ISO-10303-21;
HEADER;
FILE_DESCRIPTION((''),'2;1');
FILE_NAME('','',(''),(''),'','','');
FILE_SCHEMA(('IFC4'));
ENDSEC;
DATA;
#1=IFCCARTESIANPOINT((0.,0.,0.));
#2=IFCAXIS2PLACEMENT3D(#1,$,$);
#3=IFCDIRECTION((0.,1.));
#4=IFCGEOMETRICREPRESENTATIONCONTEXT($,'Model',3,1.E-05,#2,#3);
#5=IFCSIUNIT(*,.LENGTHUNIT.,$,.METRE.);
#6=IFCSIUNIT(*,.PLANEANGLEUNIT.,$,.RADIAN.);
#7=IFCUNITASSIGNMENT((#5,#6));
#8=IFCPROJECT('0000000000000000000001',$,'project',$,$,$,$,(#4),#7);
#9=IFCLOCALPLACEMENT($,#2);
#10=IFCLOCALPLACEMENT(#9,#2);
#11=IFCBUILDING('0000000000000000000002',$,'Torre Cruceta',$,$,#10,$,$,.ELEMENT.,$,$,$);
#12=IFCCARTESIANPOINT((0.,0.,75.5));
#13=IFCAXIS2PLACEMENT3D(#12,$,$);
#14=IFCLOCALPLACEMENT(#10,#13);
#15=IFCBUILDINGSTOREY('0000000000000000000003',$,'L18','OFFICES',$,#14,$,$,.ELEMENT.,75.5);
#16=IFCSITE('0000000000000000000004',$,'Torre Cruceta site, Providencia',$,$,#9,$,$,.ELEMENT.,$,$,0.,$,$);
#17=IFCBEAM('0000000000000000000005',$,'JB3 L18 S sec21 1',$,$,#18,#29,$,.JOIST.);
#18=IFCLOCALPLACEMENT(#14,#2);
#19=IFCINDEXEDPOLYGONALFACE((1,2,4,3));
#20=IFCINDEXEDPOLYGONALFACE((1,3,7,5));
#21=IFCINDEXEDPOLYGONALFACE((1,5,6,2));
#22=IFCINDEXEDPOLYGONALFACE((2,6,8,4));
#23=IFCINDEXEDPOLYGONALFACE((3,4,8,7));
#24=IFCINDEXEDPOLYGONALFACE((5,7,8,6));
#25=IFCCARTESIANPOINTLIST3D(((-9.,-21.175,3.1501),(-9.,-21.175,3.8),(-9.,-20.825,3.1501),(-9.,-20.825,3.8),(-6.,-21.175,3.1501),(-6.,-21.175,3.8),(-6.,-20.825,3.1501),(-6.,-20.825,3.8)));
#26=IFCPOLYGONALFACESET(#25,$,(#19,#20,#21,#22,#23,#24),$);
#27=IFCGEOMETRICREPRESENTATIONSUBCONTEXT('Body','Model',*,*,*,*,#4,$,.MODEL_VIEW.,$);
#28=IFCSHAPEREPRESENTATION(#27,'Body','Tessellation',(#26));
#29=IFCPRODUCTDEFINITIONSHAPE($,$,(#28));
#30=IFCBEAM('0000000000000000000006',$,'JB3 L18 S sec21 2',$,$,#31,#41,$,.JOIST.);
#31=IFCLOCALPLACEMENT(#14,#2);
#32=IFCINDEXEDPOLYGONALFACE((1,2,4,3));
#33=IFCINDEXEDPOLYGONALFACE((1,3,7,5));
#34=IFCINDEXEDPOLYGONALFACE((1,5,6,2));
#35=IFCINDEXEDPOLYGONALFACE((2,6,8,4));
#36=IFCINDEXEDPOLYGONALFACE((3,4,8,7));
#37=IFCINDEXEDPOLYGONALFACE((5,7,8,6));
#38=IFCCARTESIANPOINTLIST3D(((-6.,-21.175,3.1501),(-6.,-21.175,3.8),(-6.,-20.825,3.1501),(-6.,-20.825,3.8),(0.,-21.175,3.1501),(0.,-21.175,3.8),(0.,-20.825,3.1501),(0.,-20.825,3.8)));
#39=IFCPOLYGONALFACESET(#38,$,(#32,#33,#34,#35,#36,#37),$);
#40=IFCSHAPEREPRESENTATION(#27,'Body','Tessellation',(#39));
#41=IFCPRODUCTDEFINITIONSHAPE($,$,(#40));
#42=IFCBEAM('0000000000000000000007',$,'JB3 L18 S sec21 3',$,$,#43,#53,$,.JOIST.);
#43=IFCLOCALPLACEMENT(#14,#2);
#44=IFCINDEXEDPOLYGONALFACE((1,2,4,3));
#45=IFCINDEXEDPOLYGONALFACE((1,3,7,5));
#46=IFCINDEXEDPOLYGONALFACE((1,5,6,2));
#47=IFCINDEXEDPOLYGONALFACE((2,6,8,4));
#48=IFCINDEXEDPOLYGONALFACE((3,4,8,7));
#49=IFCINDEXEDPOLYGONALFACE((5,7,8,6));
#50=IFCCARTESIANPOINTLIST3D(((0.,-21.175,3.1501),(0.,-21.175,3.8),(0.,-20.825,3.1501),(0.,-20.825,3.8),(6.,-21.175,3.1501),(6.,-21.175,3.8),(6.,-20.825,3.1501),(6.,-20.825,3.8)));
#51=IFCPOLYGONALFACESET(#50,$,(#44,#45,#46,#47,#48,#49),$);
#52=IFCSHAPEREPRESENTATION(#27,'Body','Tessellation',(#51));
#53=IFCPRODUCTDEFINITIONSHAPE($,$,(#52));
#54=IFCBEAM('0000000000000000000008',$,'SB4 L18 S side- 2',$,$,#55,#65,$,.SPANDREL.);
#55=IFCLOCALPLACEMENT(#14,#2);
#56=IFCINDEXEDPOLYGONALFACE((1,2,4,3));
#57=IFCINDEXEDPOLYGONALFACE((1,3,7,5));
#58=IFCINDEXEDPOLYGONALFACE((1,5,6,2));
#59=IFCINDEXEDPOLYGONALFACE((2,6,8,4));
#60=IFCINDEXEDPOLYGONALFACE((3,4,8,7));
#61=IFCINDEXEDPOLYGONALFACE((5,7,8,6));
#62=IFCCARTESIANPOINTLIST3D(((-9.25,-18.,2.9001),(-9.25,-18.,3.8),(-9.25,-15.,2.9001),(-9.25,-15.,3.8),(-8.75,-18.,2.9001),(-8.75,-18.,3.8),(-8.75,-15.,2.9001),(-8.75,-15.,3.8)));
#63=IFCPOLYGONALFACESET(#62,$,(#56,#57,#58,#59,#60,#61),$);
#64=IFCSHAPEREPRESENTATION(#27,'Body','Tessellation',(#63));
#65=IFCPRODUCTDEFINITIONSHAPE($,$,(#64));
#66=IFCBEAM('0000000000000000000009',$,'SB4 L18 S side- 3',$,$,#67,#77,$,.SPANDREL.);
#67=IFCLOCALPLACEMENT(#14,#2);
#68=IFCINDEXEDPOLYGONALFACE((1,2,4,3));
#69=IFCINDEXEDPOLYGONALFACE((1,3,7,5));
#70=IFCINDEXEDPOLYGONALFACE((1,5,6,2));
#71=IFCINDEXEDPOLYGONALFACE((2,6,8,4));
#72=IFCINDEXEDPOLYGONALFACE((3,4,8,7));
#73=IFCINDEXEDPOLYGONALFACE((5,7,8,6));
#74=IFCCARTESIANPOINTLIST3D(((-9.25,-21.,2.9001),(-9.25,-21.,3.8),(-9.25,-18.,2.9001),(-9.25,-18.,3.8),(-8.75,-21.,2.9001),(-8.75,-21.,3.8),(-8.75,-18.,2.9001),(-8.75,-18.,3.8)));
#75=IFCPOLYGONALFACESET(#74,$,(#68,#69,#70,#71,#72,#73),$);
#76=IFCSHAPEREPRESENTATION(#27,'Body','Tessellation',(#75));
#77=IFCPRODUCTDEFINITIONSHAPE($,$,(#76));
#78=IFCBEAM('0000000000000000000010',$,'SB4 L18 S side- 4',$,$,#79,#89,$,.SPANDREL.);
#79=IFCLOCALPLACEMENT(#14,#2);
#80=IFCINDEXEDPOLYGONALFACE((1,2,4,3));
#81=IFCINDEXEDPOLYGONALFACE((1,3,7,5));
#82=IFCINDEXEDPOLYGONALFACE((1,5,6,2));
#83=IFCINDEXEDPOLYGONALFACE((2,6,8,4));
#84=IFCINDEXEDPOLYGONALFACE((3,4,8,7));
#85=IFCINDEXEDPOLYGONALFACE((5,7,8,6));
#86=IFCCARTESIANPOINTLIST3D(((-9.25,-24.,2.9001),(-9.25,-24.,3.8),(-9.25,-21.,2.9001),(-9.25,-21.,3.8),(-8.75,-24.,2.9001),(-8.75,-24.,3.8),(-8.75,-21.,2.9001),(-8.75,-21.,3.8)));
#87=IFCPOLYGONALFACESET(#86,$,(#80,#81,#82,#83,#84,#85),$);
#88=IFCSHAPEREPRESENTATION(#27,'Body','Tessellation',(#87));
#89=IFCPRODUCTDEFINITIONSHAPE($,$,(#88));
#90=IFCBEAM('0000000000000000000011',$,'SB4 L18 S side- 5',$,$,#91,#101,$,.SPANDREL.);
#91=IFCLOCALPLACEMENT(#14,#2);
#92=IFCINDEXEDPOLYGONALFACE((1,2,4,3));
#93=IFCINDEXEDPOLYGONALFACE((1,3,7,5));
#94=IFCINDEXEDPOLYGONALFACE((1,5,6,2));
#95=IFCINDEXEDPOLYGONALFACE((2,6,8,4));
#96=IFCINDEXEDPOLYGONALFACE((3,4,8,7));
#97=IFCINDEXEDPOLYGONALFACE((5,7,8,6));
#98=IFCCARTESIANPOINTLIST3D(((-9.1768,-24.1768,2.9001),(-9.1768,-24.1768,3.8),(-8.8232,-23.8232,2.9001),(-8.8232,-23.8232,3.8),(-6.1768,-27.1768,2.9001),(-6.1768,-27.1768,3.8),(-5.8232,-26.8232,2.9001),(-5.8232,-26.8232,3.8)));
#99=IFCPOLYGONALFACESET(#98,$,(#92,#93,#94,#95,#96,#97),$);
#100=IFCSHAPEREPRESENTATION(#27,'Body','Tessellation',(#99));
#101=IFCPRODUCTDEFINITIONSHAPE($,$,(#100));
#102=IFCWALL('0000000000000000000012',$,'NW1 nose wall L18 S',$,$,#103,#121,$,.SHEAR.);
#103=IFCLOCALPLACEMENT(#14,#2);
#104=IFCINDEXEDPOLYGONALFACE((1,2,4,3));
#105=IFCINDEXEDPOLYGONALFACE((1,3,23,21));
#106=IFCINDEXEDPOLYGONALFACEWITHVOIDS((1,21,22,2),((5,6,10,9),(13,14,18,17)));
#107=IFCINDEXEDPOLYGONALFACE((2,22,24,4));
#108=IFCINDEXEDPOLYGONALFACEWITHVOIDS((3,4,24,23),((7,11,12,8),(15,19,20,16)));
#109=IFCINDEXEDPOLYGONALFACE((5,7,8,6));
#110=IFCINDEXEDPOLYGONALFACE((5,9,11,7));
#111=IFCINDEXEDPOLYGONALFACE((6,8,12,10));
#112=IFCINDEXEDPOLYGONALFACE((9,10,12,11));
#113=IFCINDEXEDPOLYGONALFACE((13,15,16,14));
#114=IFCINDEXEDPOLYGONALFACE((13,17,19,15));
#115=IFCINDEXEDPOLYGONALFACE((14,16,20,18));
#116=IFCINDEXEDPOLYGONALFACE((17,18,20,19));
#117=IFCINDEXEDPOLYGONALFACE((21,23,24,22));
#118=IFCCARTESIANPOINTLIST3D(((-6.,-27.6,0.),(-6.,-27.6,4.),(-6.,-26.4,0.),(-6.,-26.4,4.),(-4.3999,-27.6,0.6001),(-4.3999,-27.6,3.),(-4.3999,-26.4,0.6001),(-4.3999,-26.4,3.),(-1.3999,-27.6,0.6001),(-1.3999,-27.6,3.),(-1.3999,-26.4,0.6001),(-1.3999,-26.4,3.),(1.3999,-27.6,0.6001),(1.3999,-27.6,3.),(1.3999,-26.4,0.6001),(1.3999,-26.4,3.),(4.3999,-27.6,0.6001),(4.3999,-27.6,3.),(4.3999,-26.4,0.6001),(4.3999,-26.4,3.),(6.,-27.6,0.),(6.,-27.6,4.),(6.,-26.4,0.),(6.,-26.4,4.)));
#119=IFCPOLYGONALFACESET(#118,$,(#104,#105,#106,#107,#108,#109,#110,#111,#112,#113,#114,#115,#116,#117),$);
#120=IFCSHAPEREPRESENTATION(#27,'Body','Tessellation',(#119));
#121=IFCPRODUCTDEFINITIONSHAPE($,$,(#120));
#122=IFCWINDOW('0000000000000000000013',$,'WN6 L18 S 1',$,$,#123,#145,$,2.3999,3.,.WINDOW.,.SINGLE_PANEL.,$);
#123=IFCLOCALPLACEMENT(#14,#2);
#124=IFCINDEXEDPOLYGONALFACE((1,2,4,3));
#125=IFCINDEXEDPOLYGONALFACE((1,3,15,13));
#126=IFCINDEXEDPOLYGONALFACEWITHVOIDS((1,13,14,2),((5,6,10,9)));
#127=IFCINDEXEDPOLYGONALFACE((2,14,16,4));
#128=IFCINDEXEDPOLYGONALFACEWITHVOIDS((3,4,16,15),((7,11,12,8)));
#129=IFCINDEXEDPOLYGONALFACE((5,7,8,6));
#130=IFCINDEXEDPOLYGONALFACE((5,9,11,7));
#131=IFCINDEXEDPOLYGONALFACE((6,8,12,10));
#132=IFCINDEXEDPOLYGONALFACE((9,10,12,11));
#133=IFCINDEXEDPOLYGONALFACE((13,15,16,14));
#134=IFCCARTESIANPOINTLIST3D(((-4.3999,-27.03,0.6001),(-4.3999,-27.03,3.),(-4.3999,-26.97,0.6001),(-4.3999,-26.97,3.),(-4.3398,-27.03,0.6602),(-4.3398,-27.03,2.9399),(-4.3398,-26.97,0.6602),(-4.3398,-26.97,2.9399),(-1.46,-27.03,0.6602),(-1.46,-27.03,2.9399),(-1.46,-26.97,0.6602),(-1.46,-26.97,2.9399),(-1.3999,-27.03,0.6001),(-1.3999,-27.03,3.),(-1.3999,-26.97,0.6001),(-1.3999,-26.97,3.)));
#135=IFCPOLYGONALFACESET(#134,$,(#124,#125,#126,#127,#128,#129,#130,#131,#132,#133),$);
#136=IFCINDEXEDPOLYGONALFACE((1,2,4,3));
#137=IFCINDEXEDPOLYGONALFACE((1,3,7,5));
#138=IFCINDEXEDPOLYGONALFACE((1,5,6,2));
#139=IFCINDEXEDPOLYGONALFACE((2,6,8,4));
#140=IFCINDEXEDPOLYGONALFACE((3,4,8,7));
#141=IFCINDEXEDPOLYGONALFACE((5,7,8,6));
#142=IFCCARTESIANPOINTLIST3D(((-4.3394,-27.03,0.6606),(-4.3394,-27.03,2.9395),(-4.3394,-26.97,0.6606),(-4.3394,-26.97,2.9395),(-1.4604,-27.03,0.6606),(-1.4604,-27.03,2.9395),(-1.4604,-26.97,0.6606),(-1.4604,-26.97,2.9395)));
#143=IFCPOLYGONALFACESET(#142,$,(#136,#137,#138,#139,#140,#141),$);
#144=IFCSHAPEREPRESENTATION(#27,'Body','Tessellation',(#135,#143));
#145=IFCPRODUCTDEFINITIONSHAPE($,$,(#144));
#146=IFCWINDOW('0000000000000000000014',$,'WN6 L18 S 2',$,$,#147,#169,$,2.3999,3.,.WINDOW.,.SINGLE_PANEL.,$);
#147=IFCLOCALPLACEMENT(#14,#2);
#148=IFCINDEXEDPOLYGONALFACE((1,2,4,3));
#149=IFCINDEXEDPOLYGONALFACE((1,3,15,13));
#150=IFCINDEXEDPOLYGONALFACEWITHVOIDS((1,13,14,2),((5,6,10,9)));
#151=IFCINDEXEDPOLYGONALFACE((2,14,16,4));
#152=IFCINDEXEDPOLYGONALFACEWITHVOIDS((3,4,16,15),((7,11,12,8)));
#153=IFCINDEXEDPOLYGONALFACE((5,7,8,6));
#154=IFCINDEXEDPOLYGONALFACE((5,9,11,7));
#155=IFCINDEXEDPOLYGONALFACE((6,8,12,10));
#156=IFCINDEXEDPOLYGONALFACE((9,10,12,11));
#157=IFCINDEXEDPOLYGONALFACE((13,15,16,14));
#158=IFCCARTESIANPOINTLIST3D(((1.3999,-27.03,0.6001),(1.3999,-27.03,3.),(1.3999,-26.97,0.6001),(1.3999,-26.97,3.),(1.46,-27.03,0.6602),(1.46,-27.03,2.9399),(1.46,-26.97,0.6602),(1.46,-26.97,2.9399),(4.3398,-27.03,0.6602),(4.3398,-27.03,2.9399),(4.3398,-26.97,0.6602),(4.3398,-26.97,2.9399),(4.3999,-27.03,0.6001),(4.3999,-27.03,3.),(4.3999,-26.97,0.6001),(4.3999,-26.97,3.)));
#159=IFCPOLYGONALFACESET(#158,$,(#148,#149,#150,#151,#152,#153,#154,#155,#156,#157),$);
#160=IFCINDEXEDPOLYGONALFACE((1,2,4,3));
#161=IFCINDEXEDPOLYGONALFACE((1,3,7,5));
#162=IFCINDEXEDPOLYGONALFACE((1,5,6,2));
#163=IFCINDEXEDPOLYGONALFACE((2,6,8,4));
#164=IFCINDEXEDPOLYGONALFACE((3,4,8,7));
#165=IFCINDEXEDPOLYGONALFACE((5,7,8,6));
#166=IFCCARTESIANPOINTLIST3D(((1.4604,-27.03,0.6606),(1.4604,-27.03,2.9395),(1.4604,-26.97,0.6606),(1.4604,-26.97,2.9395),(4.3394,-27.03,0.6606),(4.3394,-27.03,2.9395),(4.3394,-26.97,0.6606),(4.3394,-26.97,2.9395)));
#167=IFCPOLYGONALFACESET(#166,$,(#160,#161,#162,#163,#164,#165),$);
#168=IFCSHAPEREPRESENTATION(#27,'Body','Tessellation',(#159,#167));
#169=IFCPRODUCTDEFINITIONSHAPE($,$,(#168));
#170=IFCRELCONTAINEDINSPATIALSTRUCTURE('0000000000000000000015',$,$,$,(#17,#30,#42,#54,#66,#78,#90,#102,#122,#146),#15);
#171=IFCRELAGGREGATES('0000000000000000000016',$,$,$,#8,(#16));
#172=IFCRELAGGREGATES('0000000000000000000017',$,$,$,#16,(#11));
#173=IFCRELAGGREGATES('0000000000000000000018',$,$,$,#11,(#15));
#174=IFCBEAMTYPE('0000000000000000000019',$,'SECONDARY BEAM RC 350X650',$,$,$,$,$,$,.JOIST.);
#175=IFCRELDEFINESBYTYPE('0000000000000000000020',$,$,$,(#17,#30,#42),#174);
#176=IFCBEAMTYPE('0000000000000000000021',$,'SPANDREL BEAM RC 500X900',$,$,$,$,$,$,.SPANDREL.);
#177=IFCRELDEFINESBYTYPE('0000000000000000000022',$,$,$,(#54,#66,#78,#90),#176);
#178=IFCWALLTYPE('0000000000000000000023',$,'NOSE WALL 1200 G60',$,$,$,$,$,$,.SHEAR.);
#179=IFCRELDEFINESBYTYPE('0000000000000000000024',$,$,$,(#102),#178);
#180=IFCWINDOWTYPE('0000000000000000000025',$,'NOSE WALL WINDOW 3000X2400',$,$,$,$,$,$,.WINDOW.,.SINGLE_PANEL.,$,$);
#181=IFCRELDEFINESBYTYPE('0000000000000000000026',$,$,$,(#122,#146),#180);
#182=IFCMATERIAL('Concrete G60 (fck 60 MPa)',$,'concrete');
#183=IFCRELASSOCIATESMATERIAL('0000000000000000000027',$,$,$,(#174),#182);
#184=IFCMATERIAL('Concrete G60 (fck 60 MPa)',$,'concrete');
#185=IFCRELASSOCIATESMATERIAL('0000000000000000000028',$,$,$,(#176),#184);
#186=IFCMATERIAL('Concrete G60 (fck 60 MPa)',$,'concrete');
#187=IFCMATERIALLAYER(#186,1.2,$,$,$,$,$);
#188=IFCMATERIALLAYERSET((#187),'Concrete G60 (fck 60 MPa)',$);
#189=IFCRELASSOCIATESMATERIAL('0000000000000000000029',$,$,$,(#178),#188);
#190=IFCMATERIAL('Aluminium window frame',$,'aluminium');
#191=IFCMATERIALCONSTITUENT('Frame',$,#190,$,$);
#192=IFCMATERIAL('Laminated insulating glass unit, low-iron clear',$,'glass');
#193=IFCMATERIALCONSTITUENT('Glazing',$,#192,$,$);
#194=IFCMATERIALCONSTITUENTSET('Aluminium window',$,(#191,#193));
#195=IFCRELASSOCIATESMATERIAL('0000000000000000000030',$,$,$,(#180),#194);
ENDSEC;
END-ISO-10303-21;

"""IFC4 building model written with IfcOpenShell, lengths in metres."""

from ifc_helpers import new_model, si_unit, direction, frame, frame_2d, origin, origin_2d, place, context, subcontext, project, spatial, rectangle, hollow_rectangle, extrude, material, layer, layer_set, constituent, constituent_set, material_profile, profile_set, type_object, element, fill, save


model = new_model("IFC4")

# Units and contexts
model_context = context("Model", 3, precision=1e-05, world=origin(), true_north=direction((0.0, 1.0)))
body_context = subcontext(model_context, "Body", "Model", "MODEL_VIEW")
ifc_project = project(units=[si_unit("LENGTHUNIT", "METRE"), si_unit("PLANEANGLEUNIT", "RADIAN")], contexts=[model_context])

# Site, building, storey
site_placement = place(None, origin())
site = spatial("IfcSite", under=ifc_project, at=site_placement, Name="Torre Cruceta site, Providencia", CompositionType="ELEMENT", RefElevation=0.0)
building_placement = place(site_placement, origin())
building = spatial("IfcBuilding", under=site, at=building_placement, Name="Torre Cruceta", CompositionType="ELEMENT")
storey_placement = place(building_placement, frame((0.0, 0.0, 75.5)))
storey = spatial("IfcBuildingStorey", under=building, at=storey_placement, Name="L18", Description="OFFICES", CompositionType="ELEMENT", Elevation=75.5)

# Beams
ifc_material_1 = material(Name="Concrete G60 (fck 60 MPa)", Category="concrete")
ifc_material_profile_1 = material_profile(ifc_material_1, rectangle(XDim=0.3501, YDim=0.6499, at=origin_2d()), Name="RC 350X650")
ifc_profile_set_1 = profile_set([ifc_material_profile_1], Name="Concrete G60 (fck 60 MPa)")
beam_type_1 = type_object("IfcBeamType", Name="SECONDARY BEAM RC 350X650", PredefinedType="JOIST", material=ifc_profile_set_1)
beam_1_placement = place(storey_placement, frame((-9.0, -21.0, 3.4751), z_axis=(1.0, 0.0, 0.0), x_axis=(0.0, 1.0, 0.0)))
element("IfcBeam", 1, at=beam_1_placement, inside=storey, type_object=beam_type_1, Name="JB3 L18 S sec21 1", PredefinedType="JOIST", context=body_context, shape_type="SweptSolid", body=[
    extrude(rectangle(XDim=0.3501, YDim=0.6499, at=origin_2d()), origin(), (0.0, 0.0, 1.0), 3.0),
])
for number, where, z_axis, x_axis, name in (
    (2, (-6.0, -21.0, 3.4751), (1.0, 0.0, 0.0), (0.0, 1.0, 0.0), "JB3 L18 S sec21 2"),
    (3, (0.0, -21.0, 3.4751), (1.0, 0.0, 0.0), (0.0, 1.0, 0.0), "JB3 L18 S sec21 3"),
):
    element("IfcBeam", number, at=place(storey_placement, frame(where, z_axis=z_axis, x_axis=x_axis)), inside=storey, type_object=beam_type_1, Name=name, PredefinedType="JOIST", context=body_context, shape_type="SweptSolid", body=[
        extrude(rectangle(XDim=0.3501, YDim=0.6499, at=origin_2d()), origin(), (0.0, 0.0, 1.0), 6.0),
    ])
ifc_material_2 = material(Name="Concrete G60 (fck 60 MPa)", Category="concrete")
ifc_material_profile_2 = material_profile(ifc_material_2, rectangle(XDim=0.5, YDim=0.8999, at=origin_2d()), Name="RC 500X900")
ifc_profile_set_2 = profile_set([ifc_material_profile_2], Name="Concrete G60 (fck 60 MPa)")
beam_type_2 = type_object("IfcBeamType", Name="SPANDREL BEAM RC 500X900", PredefinedType="SPANDREL", material=ifc_profile_set_2)
for number, where, z_axis, x_axis, name in (
    (4, (-9.0, -15.0, 3.3501), (0.0, -1.0, 0.0), (1.0, 0.0, 0.0), "SB4 L18 S side- 2"),
    (5, (-9.0, -18.0, 3.3501), (0.0, -1.0, 0.0), (1.0, 0.0, 0.0), "SB4 L18 S side- 3"),
    (6, (-9.0, -21.0, 3.3501), (0.0, -1.0, 0.0), (1.0, 0.0, 0.0), "SB4 L18 S side- 4"),
):
    element("IfcBeam", number, at=place(storey_placement, frame(where, z_axis=z_axis, x_axis=x_axis)), inside=storey, type_object=beam_type_2, Name=name, PredefinedType="SPANDREL", context=body_context, shape_type="SweptSolid", body=[
        extrude(rectangle(XDim=0.5, YDim=0.8999, at=origin_2d()), origin(), (0.0, 0.0, 1.0), 3.0),
    ])
beam_2_placement = place(storey_placement, frame((-9.0, -24.0, 3.3501), z_axis=(0.707107, -0.707107, 0.0), x_axis=(0.707107, 0.707107, 0.0)))
element("IfcBeam", 7, at=beam_2_placement, inside=storey, type_object=beam_type_2, Name="SB4 L18 S side- 5", PredefinedType="SPANDREL", context=body_context, shape_type="SweptSolid", body=[
    extrude(rectangle(XDim=0.5, YDim=0.8999, at=origin_2d()), origin(), (0.0, 0.0, 1.0), 4.2427),
])

# Wall, openings, windows
ifc_material_3 = material(Name="Concrete G60 (fck 60 MPa)", Category="concrete")
ifc_layer_1 = layer(ifc_material_3, 1.2)
ifc_layer_set_1 = layer_set([ifc_layer_1], Name="Concrete G60 (fck 60 MPa)")
wall_type_1 = type_object("IfcWallType", Name="NOSE WALL 1200 G60", PredefinedType="SHEAR", material=ifc_layer_set_1)
wall_1_placement = place(storey_placement, frame((-6.0, -27.0, 0.0), z_axis=(0.0, 0.0, 1.0), x_axis=(1.0, 0.0, 0.0)))
wall_1 = element("IfcWall", 8, at=wall_1_placement, inside=storey, type_object=wall_type_1, Name="NW1 nose wall L18 S", PredefinedType="SHEAR", context=body_context, shape_type="SweptSolid", body=[
    extrude(rectangle(XDim=12.0, YDim=1.2, at=frame_2d((6.0, 0.0))), origin(), (0.0, 0.0, 1.0), 4.0),
])
opening_1_placement = place(wall_1_placement, frame((1.6001, 0.0, 0.6001)))
opening_1 = element("IfcOpeningElement", 9, at=opening_1_placement, cuts=wall_1, PredefinedType="OPENING", context=body_context, shape_type="SweptSolid", body=[
    extrude(rectangle(XDim=3.0, YDim=2.3999, at=frame_2d((1.5, 1.2))), frame((0.0, 0.6099, 0.0), z_axis=(0.0, -1.0, 0.0), x_axis=(1.0, 0.0, 0.0)), (0.0, 0.0, 1.0), 1.22),
])
opening_2_placement = place(wall_1_placement, frame((7.3999, 0.0, 0.6001)))
opening_2 = element("IfcOpeningElement", 10, at=opening_2_placement, cuts=wall_1, PredefinedType="OPENING", context=body_context, shape_type="SweptSolid", body=[
    extrude(rectangle(XDim=3.0, YDim=2.3999, at=frame_2d((1.5, 1.2))), frame((0.0, 0.6099, 0.0), z_axis=(0.0, -1.0, 0.0), x_axis=(1.0, 0.0, 0.0)), (0.0, 0.0, 1.0), 1.22),
])
ifc_material_4 = material(Name="Aluminium window frame", Category="aluminium")
ifc_constituent_1 = constituent(ifc_material_4, Name="Frame")
ifc_material_5 = material(Name="Laminated insulating glass unit, low-iron clear", Category="glass")
ifc_constituent_2 = constituent(ifc_material_5, Name="Glazing")
ifc_constituent_set_1 = constituent_set(constituents=[ifc_constituent_1, ifc_constituent_2], Name="Aluminium window")
window_type = type_object("IfcWindowType", Name="NOSE WALL WINDOW 3000X2400", PartitioningType="SINGLE_PANEL", PredefinedType="WINDOW", material=ifc_constituent_set_1)
window_1_placement = place(opening_1_placement, origin())
window_1 = element("IfcWindow", 11, at=window_1_placement, inside=storey, type_object=window_type, Name="WN6 L18 S 1", OverallHeight=2.3999, OverallWidth=3.0, PartitioningType="SINGLE_PANEL", PredefinedType="WINDOW", context=body_context, shape_type="SweptSolid", body=[
    extrude(hollow_rectangle(XDim=3.0, YDim=2.3999, WallThickness=0.0601, at=frame_2d((1.5, 1.2))), frame((0.0, 0.03, 0.0), z_axis=(0.0, -1.0, 0.0), x_axis=(1.0, 0.0, 0.0)), (0.0, 0.0, 1.0), 0.0601),
    extrude(rectangle(XDim=2.8789, YDim=2.2788, at=frame_2d((1.5, 1.2))), frame((0.0, 0.03, 0.0), z_axis=(0.0, -1.0, 0.0), x_axis=(1.0, 0.0, 0.0)), (0.0, 0.0, 1.0), 0.0601),
])
fill(opening_1, window_1)
window_2_placement = place(opening_2_placement, origin())
window_2 = element("IfcWindow", 12, at=window_2_placement, inside=storey, type_object=window_type, Name="WN6 L18 S 2", OverallHeight=2.3999, OverallWidth=3.0, PartitioningType="SINGLE_PANEL", PredefinedType="WINDOW", context=body_context, shape_type="SweptSolid", body=[
    extrude(hollow_rectangle(XDim=3.0, YDim=2.3999, WallThickness=0.0601, at=frame_2d((1.5, 1.2))), frame((0.0, 0.03, 0.0), z_axis=(0.0, -1.0, 0.0), x_axis=(1.0, 0.0, 0.0)), (0.0, 0.0, 1.0), 0.0601),
    extrude(rectangle(XDim=2.8789, YDim=2.2788, at=frame_2d((1.5, 1.2))), frame((0.0, 0.03, 0.0), z_axis=(0.0, -1.0, 0.0), x_axis=(1.0, 0.0, 0.0)), (0.0, 0.0, 1.0), 0.0601),
])
fill(opening_2, window_2)

save(model, "model.ifc")
